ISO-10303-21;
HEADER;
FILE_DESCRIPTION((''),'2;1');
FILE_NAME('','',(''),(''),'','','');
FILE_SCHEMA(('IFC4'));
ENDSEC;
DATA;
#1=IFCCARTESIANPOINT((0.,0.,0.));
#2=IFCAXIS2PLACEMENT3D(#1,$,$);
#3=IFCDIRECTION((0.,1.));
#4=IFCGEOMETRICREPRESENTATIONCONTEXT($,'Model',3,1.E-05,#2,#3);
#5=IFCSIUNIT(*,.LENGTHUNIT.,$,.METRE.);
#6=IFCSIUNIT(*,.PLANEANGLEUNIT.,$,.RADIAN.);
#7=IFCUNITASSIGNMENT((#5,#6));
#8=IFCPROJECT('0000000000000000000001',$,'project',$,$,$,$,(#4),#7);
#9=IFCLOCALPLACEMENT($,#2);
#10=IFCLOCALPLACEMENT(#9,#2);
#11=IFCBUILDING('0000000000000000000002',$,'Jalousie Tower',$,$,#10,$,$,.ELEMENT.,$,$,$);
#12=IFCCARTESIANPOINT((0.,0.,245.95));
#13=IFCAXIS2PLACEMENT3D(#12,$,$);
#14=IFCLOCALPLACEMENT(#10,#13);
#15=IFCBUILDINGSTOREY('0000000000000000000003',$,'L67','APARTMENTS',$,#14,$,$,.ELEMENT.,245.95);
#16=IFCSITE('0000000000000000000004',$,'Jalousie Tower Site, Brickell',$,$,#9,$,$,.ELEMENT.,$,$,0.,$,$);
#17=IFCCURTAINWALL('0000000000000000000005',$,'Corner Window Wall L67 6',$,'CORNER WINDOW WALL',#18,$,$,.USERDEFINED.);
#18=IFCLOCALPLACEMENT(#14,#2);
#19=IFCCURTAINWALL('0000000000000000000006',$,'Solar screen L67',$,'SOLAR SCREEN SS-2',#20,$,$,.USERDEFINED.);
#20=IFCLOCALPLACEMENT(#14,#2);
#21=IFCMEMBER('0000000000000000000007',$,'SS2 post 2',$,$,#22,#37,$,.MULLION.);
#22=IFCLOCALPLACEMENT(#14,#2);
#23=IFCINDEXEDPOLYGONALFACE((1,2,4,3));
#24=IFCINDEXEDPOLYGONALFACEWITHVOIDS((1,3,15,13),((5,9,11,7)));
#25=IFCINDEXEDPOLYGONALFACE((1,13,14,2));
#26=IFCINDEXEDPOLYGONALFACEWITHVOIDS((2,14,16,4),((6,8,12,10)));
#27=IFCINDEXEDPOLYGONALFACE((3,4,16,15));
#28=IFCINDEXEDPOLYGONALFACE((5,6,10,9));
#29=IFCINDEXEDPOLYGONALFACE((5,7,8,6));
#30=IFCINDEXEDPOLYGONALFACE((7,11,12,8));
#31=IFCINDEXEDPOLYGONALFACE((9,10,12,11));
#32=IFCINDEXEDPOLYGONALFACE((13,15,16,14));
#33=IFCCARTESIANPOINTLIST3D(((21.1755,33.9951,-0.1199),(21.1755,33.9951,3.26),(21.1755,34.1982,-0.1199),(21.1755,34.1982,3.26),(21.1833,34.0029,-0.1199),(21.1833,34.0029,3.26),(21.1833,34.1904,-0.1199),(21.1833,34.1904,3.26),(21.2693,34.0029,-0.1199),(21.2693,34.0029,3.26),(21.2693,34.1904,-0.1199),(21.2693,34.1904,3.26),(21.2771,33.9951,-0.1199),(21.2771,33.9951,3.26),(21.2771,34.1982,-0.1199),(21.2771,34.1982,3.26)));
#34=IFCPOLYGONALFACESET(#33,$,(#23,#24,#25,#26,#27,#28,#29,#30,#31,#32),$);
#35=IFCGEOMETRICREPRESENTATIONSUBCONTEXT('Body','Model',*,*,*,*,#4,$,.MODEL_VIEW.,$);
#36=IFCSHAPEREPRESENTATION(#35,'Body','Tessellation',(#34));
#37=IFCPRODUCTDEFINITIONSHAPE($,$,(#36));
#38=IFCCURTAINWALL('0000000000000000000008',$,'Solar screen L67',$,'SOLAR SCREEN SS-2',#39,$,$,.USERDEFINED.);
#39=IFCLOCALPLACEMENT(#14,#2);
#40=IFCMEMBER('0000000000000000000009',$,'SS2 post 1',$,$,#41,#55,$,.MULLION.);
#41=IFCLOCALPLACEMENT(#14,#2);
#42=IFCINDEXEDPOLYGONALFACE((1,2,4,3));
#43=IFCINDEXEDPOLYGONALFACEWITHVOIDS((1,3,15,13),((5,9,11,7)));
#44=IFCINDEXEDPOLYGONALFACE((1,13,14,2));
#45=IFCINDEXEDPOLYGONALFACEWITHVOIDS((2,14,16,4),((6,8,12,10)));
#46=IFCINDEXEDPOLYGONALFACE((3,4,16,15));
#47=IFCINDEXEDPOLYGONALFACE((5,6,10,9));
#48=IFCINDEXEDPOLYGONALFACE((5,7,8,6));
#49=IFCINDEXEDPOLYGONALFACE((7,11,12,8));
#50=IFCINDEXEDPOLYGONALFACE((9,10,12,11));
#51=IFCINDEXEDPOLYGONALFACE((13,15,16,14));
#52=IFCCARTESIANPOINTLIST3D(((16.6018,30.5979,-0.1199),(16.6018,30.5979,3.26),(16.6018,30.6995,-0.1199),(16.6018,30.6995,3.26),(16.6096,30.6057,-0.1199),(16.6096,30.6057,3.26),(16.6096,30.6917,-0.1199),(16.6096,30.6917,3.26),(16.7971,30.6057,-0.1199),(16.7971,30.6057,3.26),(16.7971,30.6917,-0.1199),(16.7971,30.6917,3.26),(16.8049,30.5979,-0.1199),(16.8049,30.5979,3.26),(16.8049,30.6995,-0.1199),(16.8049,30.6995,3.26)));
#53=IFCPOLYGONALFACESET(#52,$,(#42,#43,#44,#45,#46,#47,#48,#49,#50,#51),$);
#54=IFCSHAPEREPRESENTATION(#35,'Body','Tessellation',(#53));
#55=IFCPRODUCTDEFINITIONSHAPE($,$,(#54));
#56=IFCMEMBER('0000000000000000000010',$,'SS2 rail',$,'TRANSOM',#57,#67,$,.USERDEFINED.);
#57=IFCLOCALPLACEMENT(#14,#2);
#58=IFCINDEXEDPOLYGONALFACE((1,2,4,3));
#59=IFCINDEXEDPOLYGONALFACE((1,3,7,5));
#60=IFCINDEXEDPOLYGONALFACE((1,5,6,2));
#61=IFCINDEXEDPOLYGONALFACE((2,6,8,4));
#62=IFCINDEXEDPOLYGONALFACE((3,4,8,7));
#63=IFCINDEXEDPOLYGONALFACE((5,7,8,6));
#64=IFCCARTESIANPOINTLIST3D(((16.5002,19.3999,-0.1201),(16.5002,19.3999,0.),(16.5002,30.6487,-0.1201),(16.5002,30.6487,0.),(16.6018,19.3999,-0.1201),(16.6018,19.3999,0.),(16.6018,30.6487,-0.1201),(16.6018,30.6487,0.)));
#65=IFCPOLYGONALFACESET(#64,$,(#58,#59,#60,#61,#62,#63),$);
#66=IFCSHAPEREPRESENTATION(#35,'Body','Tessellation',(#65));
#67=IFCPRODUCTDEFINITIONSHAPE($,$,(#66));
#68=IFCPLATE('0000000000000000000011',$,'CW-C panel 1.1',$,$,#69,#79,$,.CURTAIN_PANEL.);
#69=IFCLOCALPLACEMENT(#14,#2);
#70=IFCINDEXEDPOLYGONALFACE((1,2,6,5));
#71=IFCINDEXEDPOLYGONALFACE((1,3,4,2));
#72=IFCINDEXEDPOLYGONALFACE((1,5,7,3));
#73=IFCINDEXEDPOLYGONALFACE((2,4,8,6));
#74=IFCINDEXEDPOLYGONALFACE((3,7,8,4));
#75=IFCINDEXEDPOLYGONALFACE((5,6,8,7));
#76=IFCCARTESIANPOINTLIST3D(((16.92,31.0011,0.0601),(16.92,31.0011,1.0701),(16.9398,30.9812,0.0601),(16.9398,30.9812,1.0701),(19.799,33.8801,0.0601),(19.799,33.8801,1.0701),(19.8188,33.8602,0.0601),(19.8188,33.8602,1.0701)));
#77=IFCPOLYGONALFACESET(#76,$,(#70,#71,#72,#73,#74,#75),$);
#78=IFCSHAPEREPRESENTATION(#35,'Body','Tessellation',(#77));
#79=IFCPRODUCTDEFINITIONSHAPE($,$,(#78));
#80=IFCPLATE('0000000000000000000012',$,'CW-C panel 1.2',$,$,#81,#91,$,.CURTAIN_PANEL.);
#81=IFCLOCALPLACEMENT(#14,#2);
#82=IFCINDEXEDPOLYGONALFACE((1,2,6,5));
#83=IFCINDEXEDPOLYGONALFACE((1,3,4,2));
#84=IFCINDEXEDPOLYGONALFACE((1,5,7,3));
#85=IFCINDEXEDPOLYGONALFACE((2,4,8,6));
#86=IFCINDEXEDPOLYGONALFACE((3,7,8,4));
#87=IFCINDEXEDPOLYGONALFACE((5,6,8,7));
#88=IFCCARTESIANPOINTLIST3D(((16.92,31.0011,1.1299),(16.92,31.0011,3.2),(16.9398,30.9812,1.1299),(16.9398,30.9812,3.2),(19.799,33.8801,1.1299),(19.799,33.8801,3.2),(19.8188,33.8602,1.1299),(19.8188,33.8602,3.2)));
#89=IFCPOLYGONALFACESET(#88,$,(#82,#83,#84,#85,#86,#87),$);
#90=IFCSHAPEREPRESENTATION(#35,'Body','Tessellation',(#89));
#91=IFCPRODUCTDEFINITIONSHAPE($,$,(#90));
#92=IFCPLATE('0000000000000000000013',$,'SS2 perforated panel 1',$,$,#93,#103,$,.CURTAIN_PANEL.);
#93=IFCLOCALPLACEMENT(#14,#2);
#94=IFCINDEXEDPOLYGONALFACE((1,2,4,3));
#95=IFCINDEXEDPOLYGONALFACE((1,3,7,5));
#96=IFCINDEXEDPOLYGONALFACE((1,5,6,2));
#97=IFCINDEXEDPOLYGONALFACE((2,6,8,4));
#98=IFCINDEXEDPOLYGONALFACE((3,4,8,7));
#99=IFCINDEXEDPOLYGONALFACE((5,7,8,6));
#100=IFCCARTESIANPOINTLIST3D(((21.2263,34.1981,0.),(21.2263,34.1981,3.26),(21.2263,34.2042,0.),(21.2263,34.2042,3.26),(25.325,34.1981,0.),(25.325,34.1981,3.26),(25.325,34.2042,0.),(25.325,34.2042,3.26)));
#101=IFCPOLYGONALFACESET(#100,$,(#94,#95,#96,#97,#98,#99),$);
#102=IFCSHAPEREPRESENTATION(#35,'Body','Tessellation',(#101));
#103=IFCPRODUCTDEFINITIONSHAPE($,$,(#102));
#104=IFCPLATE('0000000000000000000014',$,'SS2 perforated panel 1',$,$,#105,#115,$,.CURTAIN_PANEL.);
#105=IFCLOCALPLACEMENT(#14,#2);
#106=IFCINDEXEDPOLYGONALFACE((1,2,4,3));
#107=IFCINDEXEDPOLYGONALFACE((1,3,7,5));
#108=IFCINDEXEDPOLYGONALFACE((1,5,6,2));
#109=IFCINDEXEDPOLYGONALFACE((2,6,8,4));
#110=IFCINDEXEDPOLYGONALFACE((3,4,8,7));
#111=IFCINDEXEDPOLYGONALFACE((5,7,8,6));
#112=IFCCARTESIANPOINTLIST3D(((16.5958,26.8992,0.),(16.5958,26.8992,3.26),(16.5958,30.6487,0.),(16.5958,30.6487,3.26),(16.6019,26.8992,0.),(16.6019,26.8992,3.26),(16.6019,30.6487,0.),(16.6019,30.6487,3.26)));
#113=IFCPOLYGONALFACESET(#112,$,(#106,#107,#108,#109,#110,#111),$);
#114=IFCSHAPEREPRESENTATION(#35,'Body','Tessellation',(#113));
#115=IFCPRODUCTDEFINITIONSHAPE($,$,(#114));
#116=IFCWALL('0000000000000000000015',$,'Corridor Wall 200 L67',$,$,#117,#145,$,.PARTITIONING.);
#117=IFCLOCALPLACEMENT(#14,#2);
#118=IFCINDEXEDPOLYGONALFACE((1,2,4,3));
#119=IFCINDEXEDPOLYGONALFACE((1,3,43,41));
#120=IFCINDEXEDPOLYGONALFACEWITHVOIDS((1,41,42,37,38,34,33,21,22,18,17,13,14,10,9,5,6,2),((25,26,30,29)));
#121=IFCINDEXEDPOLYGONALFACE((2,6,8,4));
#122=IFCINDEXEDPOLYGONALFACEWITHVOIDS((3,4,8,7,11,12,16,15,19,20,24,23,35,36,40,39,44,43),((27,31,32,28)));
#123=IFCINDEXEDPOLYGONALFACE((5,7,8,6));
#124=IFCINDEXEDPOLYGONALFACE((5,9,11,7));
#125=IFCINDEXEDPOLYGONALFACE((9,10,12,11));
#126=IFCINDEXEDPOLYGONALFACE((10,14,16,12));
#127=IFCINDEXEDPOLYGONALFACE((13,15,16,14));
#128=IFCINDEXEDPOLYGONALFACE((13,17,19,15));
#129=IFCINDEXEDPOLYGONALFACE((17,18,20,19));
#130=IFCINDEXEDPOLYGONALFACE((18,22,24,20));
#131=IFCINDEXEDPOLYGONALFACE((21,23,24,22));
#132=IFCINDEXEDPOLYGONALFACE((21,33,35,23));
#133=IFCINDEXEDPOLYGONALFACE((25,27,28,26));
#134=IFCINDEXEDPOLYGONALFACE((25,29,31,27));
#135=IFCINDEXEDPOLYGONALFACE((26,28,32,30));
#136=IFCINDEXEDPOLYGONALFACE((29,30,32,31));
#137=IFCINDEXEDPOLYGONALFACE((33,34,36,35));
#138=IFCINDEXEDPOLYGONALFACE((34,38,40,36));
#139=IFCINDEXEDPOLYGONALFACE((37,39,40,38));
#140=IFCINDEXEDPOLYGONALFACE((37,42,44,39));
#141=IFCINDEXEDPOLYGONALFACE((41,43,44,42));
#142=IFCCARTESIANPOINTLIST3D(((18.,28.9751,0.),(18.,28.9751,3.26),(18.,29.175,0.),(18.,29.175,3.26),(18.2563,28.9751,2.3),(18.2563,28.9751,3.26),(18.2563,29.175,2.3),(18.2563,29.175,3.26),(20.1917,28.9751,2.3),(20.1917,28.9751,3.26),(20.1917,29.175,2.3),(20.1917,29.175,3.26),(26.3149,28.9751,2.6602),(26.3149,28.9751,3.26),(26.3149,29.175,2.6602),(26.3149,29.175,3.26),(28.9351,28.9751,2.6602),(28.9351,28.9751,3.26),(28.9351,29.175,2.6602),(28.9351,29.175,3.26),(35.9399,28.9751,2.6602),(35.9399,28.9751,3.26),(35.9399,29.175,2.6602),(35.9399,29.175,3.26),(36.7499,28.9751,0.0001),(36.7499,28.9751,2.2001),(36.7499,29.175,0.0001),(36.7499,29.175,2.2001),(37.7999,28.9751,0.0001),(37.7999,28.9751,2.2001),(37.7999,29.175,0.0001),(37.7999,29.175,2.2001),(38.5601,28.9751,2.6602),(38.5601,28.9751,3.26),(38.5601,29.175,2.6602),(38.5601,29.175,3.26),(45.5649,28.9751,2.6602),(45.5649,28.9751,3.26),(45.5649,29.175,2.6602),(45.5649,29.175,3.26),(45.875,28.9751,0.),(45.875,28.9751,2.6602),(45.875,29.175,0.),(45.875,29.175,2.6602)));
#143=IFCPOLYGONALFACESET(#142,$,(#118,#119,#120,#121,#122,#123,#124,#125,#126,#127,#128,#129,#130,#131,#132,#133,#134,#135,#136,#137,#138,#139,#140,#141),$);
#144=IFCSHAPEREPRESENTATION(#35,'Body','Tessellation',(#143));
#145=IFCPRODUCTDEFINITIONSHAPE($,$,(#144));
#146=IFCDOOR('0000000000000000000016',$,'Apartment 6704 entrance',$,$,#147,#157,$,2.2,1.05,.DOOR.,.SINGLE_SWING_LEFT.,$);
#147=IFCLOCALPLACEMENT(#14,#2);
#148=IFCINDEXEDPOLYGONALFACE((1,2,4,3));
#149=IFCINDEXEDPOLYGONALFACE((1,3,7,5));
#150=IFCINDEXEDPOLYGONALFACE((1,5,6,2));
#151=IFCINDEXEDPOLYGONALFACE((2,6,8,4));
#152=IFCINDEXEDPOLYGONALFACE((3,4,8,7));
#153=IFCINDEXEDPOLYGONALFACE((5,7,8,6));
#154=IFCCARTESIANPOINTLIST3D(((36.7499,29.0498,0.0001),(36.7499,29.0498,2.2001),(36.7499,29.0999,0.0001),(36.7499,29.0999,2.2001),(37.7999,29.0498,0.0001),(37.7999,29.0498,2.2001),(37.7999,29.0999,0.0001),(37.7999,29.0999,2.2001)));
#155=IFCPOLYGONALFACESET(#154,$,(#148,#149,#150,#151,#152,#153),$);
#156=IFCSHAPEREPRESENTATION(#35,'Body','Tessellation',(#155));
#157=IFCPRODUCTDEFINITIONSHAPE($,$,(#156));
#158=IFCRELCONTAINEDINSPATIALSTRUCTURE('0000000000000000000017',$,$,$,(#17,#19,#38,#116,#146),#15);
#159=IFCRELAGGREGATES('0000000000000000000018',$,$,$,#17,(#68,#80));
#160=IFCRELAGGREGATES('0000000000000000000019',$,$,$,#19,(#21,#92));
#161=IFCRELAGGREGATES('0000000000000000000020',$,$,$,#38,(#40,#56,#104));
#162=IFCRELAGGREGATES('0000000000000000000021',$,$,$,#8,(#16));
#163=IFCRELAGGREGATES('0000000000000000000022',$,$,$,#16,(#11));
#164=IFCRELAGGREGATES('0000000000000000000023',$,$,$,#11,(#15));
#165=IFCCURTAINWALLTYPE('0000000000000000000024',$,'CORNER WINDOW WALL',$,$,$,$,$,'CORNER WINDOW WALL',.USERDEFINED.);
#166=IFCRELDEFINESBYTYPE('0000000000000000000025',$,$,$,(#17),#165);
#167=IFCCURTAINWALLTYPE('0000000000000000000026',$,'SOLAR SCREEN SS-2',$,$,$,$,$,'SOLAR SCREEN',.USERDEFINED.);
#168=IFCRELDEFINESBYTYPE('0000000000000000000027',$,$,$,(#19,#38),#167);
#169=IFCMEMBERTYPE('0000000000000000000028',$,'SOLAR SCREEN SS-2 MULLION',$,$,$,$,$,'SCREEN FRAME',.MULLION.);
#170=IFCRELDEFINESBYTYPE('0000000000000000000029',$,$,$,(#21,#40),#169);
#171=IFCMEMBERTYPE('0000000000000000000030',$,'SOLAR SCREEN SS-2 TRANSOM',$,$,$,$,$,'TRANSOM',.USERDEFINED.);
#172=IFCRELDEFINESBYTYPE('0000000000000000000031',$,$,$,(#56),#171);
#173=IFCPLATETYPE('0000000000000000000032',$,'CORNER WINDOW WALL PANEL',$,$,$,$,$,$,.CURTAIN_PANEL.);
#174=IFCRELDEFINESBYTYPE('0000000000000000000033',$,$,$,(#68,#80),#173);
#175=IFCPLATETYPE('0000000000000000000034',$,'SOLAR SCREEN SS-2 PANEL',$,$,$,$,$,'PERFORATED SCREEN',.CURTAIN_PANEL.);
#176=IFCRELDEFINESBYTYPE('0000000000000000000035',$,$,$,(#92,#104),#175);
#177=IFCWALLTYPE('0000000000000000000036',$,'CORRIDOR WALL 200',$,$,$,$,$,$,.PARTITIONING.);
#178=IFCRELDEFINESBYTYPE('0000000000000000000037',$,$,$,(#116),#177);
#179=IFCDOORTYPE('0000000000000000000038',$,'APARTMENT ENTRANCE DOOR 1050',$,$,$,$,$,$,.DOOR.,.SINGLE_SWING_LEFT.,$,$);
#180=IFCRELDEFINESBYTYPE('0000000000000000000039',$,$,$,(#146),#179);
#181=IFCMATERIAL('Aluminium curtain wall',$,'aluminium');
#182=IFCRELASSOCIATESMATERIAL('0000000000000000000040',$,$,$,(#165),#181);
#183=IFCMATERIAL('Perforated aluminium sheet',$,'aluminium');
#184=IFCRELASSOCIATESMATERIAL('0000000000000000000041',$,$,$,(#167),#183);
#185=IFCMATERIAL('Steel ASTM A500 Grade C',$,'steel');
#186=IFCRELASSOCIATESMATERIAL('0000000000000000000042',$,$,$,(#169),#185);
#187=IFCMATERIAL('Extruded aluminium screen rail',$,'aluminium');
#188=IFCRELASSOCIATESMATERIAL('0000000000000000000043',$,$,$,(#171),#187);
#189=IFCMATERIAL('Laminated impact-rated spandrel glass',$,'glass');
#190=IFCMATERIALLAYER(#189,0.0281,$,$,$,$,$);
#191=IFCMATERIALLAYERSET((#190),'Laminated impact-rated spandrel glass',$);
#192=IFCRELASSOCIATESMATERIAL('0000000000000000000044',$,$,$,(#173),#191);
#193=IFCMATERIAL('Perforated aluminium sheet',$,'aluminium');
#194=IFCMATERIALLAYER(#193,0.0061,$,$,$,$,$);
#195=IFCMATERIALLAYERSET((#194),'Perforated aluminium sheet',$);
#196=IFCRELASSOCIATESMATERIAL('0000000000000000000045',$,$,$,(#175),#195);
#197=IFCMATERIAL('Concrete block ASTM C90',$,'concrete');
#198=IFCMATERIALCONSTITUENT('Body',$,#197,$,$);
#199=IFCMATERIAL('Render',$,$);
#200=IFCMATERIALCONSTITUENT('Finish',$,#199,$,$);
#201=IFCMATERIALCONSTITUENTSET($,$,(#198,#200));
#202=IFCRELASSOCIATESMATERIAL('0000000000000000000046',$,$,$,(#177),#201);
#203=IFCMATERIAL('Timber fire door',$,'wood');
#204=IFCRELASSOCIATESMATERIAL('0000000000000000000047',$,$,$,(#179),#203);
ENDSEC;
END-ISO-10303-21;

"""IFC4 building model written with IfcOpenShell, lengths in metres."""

from ifc_helpers import new_model, si_unit, direction, frame, frame_2d, origin, origin_2d, place, context, subcontext, project, spatial, polyline, rectangle, hollow_rectangle, outline, extrude, material, layer, layer_set, constituent, constituent_set, material_profile, profile_set, type_object, element, fill, aggregate, save


model = new_model("IFC4")

# Units and contexts
model_context = context("Model", 3, precision=1e-05, world=origin(), true_north=direction((0.0, 1.0)))
body_context = subcontext(model_context, "Body", "Model", "MODEL_VIEW")
ifc_project = project(units=[si_unit("LENGTHUNIT", "METRE"), si_unit("PLANEANGLEUNIT", "RADIAN")], contexts=[model_context])

# Site, building, storey
site_placement = place(None, origin())
site = spatial("IfcSite", under=ifc_project, at=site_placement, Name="Jalousie Tower Site, Brickell", CompositionType="ELEMENT", RefElevation=0.0)
building_placement = place(site_placement, origin())
building = spatial("IfcBuilding", under=site, at=building_placement, Name="Jalousie Tower", CompositionType="ELEMENT")
storey_placement = place(building_placement, frame((0.0, 0.0, 245.95)))
storey = spatial("IfcBuildingStorey", under=building, at=storey_placement, Name="L67", Description="APARTMENTS", CompositionType="ELEMENT", Elevation=245.95)

# Curtain wall
ifc_material_1 = material(Name="Aluminium curtain wall", Category="aluminium")
curtain_wall_type_1 = type_object("IfcCurtainWallType", Name="CORNER WINDOW WALL", ElementType="CORNER WINDOW WALL", PredefinedType="USERDEFINED", material=ifc_material_1)
curtain_wall_1_placement = place(storey_placement, origin())
curtain_wall_1 = element("IfcCurtainWall", 1, at=curtain_wall_1_placement, inside=storey, type_object=curtain_wall_type_1, Name="Corner Window Wall L67 6", ObjectType="CORNER WINDOW WALL", PredefinedType="USERDEFINED")

# Curtain wall, member
ifc_material_2 = material(Name="Perforated aluminium sheet", Category="aluminium")
curtain_wall_type_2 = type_object("IfcCurtainWallType", Name="SOLAR SCREEN SS-2", ElementType="SOLAR SCREEN", PredefinedType="USERDEFINED", material=ifc_material_2)
curtain_wall_2_placement = place(storey_placement, origin())
curtain_wall_2 = element("IfcCurtainWall", 2, at=curtain_wall_2_placement, inside=storey, type_object=curtain_wall_type_2, Name="Solar screen L67", ObjectType="SOLAR SCREEN SS-2", PredefinedType="USERDEFINED")
ifc_material_3 = material(Name="Steel ASTM A500 Grade C", Category="steel")
ifc_material_profile_1 = material_profile(ifc_material_3, hollow_rectangle(XDim=0.1016, YDim=0.2031, WallThickness=0.0078, at=origin_2d()), Name="HSS8X4X5/16")
ifc_profile_set_1 = profile_set([ifc_material_profile_1], Name="Steel ASTM A500 Grade C")
member_type_1 = type_object("IfcMemberType", Name="SOLAR SCREEN SS-2 MULLION", ElementType="SCREEN FRAME", PredefinedType="MULLION", material=ifc_profile_set_1)
member_1_placement = place(storey_placement, frame((21.2263, 34.0967, -0.1199), z_axis=(0.0, 0.0, 1.0), x_axis=(-1.0, 0.0, 0.0)))
member_1 = element("IfcMember", 3, at=member_1_placement, type_object=member_type_1, Name="SS2 post 2", PredefinedType="MULLION", context=body_context, shape_type="SweptSolid", body=[
    extrude(hollow_rectangle(XDim=0.1016, YDim=0.2031, WallThickness=0.0078, at=origin_2d()), origin(), (0.0, 0.0, 1.0), 3.3799),
])

# Curtain wall, members
curtain_wall_3_placement = place(storey_placement, origin())
curtain_wall_3 = element("IfcCurtainWall", 4, at=curtain_wall_3_placement, inside=storey, type_object=curtain_wall_type_2, Name="Solar screen L67", ObjectType="SOLAR SCREEN SS-2", PredefinedType="USERDEFINED")
member_2_placement = place(storey_placement, frame((16.7034, 30.6487, -0.1199), z_axis=(0.0, 0.0, 1.0), x_axis=(0.0, -1.0, 0.0)))
member_2 = element("IfcMember", 5, at=member_2_placement, type_object=member_type_1, Name="SS2 post 1", PredefinedType="MULLION", context=body_context, shape_type="SweptSolid", body=[
    extrude(hollow_rectangle(XDim=0.1016, YDim=0.2031, WallThickness=0.0078, at=origin_2d()), origin(), (0.0, 0.0, 1.0), 3.3799),
])
ifc_material_4 = material(Name="Extruded aluminium screen rail", Category="aluminium")
ifc_material_profile_2 = material_profile(ifc_material_4, rectangle(XDim=0.1016, YDim=0.1201, at=origin_2d()), Name="RAIL 102x120")
ifc_profile_set_2 = profile_set([ifc_material_profile_2], Name="Extruded aluminium screen rail")
member_type_2 = type_object("IfcMemberType", Name="SOLAR SCREEN SS-2 TRANSOM", ElementType="TRANSOM", PredefinedType="USERDEFINED", material=ifc_profile_set_2)
member_3_placement = place(storey_placement, frame((16.551, 30.6487, -0.0601), z_axis=(0.0, -1.0, 0.0), x_axis=(1.0, 0.0, 0.0)))
member_3 = element("IfcMember", 6, at=member_3_placement, type_object=member_type_2, Name="SS2 rail", ObjectType="TRANSOM", PredefinedType="USERDEFINED", context=body_context, shape_type="SweptSolid", body=[
    extrude(rectangle(XDim=0.1016, YDim=0.1201, at=origin_2d()), origin(), (0.0, 0.0, 1.0), 11.2488),
])

# Plates
ifc_material_5 = material(Name="Laminated impact-rated spandrel glass", Category="glass")
ifc_layer_1 = layer(ifc_material_5, 0.0281)
ifc_layer_set_1 = layer_set([ifc_layer_1], Name="Laminated impact-rated spandrel glass")
plate_type_1 = type_object("IfcPlateType", Name="CORNER WINDOW WALL PANEL", PredefinedType="CURTAIN_PANEL", material=ifc_layer_set_1)
plate_1_placement = place(storey_placement, frame((18.3694, 32.4307, 0.0601), z_axis=(0.0, 0.0, 1.0), x_axis=(-0.707107, -0.707107, 0.0)))
plate_1 = element("IfcPlate", 7, at=plate_1_placement, type_object=plate_type_1, Name="CW-C panel 1.1", PredefinedType="CURTAIN_PANEL", context=body_context, shape_type="SweptSolid", body=[
    extrude(rectangle(XDim=4.0715, YDim=0.0281, at=origin_2d()), origin(), (0.0, 0.0, 1.0), 1.01),
])
plate_2_placement = place(storey_placement, frame((18.3694, 32.4307, 1.1299), z_axis=(0.0, 0.0, 1.0), x_axis=(-0.707107, -0.707107, 0.0)))
plate_2 = element("IfcPlate", 8, at=plate_2_placement, type_object=plate_type_1, Name="CW-C panel 1.2", PredefinedType="CURTAIN_PANEL", context=body_context, shape_type="SweptSolid", body=[
    extrude(rectangle(XDim=4.0715, YDim=0.0281, at=origin_2d()), origin(), (0.0, 0.0, 1.0), 2.0701),
])
aggregate(curtain_wall_1, [plate_1, plate_2])
ifc_material_6 = material(Name="Perforated aluminium sheet", Category="aluminium")
ifc_layer_2 = layer(ifc_material_6, 0.0061)
ifc_layer_set_2 = layer_set([ifc_layer_2], Name="Perforated aluminium sheet")
plate_type_2 = type_object("IfcPlateType", Name="SOLAR SCREEN SS-2 PANEL", ElementType="PERFORATED SCREEN", PredefinedType="CURTAIN_PANEL", material=ifc_layer_set_2)
plate_3_placement = place(storey_placement, frame((23.2756, 34.2012, 0.0), z_axis=(0.0, 0.0, 1.0), x_axis=(-1.0, 0.0, 0.0)))
plate_3 = element("IfcPlate", 9, at=plate_3_placement, type_object=plate_type_2, Name="SS2 perforated panel 1", PredefinedType="CURTAIN_PANEL", context=body_context, shape_type="SweptSolid", body=[
    extrude(rectangle(XDim=4.0986, YDim=0.0061, at=origin_2d()), origin(), (0.0, 0.0, 1.0), 3.26),
])
aggregate(curtain_wall_2, [member_1, plate_3])
plate_4_placement = place(storey_placement, frame((16.5989, 28.7739, 0.0), z_axis=(0.0, 0.0, 1.0), x_axis=(0.0, -1.0, 0.0)))
plate_4 = element("IfcPlate", 10, at=plate_4_placement, type_object=plate_type_2, Name="SS2 perforated panel 1", PredefinedType="CURTAIN_PANEL", context=body_context, shape_type="SweptSolid", body=[
    extrude(rectangle(XDim=3.7495, YDim=0.0061, at=origin_2d()), origin(), (0.0, 0.0, 1.0), 3.26),
])
aggregate(curtain_wall_3, [member_2, member_3, plate_4])

# Wall, opening, door
ifc_material_7 = material(Name="Concrete block ASTM C90", Category="concrete")
ifc_constituent_1 = constituent(ifc_material_7, Name="Body")
ifc_material_8 = material(Name="Render")
ifc_constituent_2 = constituent(ifc_material_8, Name="Finish")
ifc_constituent_set_1 = constituent_set(constituents=[ifc_constituent_1, ifc_constituent_2])
wall_type_1 = type_object("IfcWallType", Name="CORRIDOR WALL 200", PredefinedType="PARTITIONING", material=ifc_constituent_set_1)
wall_1_placement = place(storey_placement, frame((18.0, 29.075, 0.0), z_axis=(0.0, 0.0, 1.0), x_axis=(1.0, 0.0, 0.0)))
wall_1 = element("IfcWall", 11, at=wall_1_placement, inside=storey, type_object=wall_type_1, Name="Corridor Wall 200 L67", PredefinedType="PARTITIONING", context=body_context, shape_type="SweptSolid", body=[
    extrude(outline(polyline([(0.0, 0.0), (27.875, 0.0), (27.875, 3.26), (27.875, 2.6602), (27.5649, 2.6602), (27.5649, 3.26), (20.5601, 3.26), (20.5601, 2.6602), (17.9399, 2.6602), (17.9399, 3.26), (10.9351, 3.26), (10.9351, 2.6602), (8.3149, 2.6602), (8.3149, 3.26), (2.1917, 3.26), (2.1917, 2.3), (0.2563, 2.3), (0.2563, 3.26), (0.0, 3.26), (0.0, 0.0)])), frame((0.0, 0.1001, 0.0), z_axis=(0.0, -1.0, 0.0), x_axis=(1.0, 0.0, 0.0)), (0.0, 0.0, 1.0), 0.2),
])
opening_1_placement = place(wall_1_placement, frame((18.75, 0.0, 0.0)))
opening_1 = element("IfcOpeningElement", 12, at=opening_1_placement, cuts=wall_1, PredefinedType="OPENING", context=body_context, shape_type="SweptSolid", body=[
    extrude(rectangle(XDim=1.05, YDim=2.2, at=frame_2d((0.5249, 1.1001))), frame((0.0, 0.1099, 0.0), z_axis=(0.0, -1.0, 0.0), x_axis=(1.0, 0.0, 0.0)), (0.0, 0.0, 1.0), 0.22),
])
ifc_material_9 = material(Name="Timber fire door", Category="wood")
door_type_1 = type_object("IfcDoorType", Name="APARTMENT ENTRANCE DOOR 1050", OperationType="SINGLE_SWING_LEFT", PredefinedType="DOOR", material=ifc_material_9)
door_1_placement = place(opening_1_placement, origin())
door_1 = element("IfcDoor", 13, at=door_1_placement, inside=storey, type_object=door_type_1, Name="Apartment 6704 entrance", OperationType="SINGLE_SWING_LEFT", OverallHeight=2.2, OverallWidth=1.05, PredefinedType="DOOR", context=body_context, shape_type="SweptSolid", body=[
    extrude(rectangle(XDim=1.05, YDim=2.2, at=frame_2d((0.5249, 1.1001))), frame((0.0, 0.0249, 0.0), z_axis=(0.0, -1.0, 0.0), x_axis=(1.0, 0.0, 0.0)), (0.0, 0.0, 1.0), 0.05),
])
fill(opening_1, door_1)

save(model, "model.ifc")
